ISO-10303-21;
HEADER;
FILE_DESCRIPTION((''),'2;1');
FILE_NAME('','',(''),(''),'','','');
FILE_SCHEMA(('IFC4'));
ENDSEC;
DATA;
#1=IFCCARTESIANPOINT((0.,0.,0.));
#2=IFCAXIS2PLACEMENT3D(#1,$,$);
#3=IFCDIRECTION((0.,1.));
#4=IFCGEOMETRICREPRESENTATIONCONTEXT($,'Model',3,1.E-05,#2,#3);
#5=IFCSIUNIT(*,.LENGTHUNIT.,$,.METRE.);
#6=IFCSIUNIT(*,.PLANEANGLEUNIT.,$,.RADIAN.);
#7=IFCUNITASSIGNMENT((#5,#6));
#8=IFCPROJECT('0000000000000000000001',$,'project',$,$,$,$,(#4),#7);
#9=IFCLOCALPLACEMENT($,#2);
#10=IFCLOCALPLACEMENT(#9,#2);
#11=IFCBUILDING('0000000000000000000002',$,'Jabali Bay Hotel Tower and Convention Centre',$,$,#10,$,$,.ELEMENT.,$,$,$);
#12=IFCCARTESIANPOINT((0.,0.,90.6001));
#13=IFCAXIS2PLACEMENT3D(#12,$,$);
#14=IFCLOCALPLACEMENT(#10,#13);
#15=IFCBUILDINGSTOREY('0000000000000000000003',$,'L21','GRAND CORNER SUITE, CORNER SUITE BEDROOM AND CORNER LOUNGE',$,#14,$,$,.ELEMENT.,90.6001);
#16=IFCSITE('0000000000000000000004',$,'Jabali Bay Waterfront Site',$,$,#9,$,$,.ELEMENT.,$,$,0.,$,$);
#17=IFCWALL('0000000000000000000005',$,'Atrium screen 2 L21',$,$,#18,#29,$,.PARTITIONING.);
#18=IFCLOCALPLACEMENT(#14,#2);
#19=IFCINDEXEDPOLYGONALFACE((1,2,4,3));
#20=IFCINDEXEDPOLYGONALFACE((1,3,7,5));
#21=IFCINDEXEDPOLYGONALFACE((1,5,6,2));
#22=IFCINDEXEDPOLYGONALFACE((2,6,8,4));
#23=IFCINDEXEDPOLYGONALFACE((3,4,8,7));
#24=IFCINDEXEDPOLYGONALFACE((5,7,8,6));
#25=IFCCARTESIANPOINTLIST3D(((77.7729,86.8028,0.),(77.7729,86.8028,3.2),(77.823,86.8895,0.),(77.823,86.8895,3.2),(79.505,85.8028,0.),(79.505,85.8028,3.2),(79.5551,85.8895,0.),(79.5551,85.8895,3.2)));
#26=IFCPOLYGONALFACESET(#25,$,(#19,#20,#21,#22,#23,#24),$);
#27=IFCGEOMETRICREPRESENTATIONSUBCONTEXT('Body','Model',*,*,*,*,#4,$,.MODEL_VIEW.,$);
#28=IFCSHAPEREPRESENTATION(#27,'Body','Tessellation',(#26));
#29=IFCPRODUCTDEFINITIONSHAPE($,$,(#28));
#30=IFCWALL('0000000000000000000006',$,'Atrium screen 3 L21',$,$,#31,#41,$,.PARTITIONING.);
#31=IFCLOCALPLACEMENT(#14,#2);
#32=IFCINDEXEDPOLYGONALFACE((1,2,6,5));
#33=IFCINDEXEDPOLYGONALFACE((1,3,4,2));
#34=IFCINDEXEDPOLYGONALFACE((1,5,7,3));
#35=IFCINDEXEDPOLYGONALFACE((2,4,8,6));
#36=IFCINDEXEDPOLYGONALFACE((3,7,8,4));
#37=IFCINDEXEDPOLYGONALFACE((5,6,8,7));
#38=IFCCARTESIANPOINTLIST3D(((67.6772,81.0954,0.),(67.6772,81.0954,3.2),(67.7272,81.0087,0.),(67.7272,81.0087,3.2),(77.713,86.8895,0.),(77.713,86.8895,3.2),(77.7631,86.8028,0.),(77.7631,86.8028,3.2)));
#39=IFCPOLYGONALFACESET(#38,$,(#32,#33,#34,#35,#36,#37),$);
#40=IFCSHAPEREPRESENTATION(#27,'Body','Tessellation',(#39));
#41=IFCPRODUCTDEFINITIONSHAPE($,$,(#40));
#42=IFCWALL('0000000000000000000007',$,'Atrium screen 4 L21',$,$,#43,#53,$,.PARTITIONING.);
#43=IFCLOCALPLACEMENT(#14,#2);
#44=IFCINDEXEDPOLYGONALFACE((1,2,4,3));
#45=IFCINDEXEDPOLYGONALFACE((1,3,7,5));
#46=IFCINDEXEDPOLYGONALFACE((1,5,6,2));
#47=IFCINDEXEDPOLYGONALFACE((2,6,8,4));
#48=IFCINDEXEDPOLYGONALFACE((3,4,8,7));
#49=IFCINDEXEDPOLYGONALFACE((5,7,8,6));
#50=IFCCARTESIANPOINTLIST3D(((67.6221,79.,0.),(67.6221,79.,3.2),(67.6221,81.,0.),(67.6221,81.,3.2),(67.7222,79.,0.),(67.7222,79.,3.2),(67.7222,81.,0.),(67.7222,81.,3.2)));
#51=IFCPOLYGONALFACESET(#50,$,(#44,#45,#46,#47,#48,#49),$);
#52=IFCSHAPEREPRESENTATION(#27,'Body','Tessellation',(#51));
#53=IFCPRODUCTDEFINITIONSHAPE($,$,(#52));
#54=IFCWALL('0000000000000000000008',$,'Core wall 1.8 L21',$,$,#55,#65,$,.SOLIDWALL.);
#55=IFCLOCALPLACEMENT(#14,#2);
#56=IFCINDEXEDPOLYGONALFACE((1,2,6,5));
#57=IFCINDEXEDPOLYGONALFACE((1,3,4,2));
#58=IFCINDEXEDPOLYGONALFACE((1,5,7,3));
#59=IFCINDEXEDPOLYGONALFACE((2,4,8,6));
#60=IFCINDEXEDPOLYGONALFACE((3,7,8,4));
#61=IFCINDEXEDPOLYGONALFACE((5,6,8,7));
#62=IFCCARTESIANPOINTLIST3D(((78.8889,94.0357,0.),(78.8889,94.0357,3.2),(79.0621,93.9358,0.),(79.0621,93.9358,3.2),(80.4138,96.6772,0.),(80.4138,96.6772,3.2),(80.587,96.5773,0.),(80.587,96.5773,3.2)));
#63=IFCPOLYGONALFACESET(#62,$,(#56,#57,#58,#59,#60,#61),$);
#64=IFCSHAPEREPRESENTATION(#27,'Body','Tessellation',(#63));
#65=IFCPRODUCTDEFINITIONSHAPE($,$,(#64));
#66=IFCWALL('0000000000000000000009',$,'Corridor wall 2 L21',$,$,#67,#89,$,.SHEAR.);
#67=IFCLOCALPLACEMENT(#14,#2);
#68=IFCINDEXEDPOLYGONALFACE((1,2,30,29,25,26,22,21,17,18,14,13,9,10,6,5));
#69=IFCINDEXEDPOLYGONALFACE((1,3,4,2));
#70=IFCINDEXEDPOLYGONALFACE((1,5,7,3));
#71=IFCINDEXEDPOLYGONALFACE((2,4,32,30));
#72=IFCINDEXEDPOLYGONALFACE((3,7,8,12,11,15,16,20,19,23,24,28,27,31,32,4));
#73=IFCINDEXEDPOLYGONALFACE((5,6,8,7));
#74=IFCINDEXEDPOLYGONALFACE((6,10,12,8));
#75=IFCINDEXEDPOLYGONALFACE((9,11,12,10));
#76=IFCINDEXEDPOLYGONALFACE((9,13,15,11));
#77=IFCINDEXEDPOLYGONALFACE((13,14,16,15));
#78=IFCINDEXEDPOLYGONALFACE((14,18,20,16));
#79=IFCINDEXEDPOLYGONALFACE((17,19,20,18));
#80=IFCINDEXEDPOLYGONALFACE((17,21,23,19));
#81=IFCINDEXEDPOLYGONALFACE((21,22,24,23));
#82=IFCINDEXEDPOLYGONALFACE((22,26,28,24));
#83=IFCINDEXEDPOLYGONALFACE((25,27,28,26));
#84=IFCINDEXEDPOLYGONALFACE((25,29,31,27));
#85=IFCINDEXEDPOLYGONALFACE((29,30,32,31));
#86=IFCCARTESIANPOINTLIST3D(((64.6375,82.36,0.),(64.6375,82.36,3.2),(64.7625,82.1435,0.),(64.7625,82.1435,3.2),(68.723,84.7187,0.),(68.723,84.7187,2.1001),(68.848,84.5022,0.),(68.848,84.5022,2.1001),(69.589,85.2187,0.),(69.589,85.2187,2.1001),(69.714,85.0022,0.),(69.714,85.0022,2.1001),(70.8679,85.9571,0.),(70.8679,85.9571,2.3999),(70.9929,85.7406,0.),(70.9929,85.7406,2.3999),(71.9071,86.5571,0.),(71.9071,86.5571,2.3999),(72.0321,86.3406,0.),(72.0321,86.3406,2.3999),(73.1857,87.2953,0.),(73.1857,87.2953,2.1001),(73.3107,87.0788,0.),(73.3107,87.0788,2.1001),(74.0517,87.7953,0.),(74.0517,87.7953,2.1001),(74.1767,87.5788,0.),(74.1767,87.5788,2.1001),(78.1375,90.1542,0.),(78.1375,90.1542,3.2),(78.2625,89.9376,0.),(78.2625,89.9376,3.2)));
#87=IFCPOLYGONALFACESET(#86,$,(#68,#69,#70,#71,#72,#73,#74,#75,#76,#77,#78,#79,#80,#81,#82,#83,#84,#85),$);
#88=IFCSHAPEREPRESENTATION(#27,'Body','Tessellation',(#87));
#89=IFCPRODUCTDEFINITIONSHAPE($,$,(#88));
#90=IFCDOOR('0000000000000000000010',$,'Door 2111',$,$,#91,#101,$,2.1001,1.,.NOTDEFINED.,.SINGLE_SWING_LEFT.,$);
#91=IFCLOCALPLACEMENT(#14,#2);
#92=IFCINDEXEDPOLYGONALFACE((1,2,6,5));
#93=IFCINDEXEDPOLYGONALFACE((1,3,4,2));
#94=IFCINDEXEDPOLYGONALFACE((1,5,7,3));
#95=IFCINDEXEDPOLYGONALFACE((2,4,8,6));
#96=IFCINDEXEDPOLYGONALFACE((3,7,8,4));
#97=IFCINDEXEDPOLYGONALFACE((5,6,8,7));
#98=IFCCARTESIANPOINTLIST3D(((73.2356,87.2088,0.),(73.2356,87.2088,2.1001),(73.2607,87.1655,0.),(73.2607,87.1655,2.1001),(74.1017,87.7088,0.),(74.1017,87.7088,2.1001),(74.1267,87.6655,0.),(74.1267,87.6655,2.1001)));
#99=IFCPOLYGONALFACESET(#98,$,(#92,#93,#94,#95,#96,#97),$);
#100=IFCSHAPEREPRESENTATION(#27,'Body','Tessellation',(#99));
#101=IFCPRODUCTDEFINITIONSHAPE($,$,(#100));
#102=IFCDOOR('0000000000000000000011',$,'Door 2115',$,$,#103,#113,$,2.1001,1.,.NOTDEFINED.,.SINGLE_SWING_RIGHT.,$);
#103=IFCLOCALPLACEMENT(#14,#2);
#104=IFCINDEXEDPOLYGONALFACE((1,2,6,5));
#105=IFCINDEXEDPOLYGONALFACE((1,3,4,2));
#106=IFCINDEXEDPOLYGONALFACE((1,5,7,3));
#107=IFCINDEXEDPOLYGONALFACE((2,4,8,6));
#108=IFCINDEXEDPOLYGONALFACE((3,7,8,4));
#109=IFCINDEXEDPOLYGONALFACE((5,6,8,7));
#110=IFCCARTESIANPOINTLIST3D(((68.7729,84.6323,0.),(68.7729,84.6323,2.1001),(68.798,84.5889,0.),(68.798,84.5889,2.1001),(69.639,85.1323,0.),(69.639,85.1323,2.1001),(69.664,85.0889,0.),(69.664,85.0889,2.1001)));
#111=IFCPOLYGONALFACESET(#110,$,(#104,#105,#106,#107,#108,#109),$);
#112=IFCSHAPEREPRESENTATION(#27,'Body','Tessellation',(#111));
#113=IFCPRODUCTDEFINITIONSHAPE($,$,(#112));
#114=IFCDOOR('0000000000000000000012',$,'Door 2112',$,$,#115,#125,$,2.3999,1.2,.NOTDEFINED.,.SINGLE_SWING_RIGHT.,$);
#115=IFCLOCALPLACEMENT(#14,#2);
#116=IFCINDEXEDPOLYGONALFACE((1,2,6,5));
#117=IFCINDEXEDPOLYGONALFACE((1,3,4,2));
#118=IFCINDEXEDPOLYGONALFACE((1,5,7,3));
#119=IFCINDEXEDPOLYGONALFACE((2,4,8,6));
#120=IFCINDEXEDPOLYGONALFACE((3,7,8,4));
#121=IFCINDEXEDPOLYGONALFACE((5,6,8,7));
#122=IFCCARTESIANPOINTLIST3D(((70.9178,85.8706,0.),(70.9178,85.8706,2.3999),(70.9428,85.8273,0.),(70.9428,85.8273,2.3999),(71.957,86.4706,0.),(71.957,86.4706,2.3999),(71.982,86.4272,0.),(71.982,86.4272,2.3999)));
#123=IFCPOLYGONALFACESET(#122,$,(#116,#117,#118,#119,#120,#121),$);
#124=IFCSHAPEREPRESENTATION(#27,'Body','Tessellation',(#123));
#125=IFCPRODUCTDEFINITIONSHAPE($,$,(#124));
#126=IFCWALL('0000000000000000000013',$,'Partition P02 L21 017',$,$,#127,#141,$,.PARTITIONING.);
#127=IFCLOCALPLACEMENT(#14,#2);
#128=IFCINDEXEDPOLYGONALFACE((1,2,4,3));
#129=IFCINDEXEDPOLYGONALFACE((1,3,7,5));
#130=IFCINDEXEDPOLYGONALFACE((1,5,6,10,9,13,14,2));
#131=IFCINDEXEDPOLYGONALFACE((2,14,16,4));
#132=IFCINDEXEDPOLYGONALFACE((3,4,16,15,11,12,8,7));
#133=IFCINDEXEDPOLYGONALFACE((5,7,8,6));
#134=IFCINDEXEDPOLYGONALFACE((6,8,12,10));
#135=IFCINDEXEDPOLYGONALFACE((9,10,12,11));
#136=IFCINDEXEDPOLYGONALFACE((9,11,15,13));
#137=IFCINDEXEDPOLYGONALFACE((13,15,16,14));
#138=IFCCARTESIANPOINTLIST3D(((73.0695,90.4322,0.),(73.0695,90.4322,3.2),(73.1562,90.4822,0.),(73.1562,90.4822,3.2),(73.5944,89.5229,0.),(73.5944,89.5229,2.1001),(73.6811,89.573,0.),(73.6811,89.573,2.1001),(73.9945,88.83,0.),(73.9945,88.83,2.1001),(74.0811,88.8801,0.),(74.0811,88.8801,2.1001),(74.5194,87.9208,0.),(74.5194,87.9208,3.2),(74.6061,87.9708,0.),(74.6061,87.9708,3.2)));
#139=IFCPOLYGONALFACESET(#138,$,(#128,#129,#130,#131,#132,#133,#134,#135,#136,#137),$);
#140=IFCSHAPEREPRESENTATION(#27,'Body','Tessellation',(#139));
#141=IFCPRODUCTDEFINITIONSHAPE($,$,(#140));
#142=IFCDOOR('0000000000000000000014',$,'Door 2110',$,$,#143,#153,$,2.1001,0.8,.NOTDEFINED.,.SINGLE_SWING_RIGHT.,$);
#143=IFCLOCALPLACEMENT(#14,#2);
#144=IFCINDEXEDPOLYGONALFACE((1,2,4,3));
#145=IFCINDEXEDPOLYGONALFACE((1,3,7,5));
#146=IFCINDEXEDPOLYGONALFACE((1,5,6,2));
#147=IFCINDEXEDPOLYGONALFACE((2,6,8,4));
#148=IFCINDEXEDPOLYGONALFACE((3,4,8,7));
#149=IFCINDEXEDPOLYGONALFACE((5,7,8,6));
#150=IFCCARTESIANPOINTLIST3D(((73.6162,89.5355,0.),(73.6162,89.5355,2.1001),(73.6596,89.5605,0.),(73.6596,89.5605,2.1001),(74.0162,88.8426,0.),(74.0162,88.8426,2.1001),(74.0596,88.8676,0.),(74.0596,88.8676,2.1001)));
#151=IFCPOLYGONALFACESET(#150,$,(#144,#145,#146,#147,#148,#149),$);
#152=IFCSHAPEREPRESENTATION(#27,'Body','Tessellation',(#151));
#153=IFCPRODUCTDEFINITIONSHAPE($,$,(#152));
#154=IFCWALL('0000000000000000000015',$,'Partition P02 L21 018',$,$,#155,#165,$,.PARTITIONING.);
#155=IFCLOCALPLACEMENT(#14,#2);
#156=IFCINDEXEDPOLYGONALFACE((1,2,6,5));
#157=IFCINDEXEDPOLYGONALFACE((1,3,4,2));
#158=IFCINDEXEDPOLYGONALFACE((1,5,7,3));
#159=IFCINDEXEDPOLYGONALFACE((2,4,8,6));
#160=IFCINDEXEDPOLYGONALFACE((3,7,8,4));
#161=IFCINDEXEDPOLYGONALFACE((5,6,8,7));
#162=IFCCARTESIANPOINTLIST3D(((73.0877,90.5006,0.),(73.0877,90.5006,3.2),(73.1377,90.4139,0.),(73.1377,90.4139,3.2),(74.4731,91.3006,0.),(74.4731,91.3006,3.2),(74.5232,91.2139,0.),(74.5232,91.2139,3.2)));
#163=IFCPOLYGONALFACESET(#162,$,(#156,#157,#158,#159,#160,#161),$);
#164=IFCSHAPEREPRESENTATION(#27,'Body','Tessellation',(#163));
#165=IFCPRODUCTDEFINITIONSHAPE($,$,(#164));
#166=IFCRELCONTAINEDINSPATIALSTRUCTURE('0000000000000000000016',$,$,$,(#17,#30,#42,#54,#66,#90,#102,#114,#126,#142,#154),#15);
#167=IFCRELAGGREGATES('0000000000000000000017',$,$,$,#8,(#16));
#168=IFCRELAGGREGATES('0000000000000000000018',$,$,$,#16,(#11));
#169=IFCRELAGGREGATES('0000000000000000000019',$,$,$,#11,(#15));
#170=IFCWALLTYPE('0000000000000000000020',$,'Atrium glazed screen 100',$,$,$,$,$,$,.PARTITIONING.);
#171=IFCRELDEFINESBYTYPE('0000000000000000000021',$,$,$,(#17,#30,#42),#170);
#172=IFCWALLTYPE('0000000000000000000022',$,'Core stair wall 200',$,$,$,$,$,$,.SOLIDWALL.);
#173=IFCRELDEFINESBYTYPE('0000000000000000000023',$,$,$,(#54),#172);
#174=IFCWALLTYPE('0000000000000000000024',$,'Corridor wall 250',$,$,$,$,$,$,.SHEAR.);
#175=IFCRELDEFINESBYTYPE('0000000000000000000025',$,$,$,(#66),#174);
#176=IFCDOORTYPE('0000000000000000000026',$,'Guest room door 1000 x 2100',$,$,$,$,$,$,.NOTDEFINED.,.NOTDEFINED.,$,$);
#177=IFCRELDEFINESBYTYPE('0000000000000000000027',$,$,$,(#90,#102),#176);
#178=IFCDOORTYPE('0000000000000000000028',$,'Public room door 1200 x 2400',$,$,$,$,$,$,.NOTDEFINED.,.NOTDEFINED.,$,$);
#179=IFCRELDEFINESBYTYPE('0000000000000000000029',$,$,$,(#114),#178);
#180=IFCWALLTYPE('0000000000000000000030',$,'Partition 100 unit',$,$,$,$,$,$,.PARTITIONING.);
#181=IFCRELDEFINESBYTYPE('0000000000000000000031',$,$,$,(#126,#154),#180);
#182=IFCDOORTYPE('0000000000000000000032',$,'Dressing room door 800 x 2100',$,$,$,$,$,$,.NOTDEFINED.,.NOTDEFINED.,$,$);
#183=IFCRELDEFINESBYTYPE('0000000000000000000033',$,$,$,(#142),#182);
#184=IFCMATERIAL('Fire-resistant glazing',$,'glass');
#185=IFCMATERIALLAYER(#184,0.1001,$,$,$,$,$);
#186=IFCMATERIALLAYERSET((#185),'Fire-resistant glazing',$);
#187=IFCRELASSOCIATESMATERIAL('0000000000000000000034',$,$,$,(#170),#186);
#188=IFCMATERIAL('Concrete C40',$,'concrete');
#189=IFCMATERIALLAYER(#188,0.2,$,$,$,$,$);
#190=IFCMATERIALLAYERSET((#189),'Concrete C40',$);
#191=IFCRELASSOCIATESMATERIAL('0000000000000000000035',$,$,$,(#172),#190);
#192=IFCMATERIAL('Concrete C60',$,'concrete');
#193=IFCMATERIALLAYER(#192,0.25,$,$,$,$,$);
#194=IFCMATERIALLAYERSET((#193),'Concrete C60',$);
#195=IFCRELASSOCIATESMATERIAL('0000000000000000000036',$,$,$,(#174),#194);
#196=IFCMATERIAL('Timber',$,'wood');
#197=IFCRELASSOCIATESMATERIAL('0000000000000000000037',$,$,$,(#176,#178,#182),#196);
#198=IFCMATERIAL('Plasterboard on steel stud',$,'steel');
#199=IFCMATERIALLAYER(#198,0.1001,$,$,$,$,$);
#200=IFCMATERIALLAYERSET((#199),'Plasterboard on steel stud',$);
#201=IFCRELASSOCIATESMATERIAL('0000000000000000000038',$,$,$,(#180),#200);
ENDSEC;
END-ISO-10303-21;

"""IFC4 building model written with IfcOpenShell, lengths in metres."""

from ifc_helpers import new_model, si_unit, direction, frame, frame_2d, origin, place, context, subcontext, project, spatial, rectangle, extrude, material, layer, layer_set, type_object, element, fill, save


model = new_model("IFC4")

# Units and contexts
model_context = context("Model", 3, precision=1e-05, world=origin(), true_north=direction((0.0, 1.0)))
body_context = subcontext(model_context, "Body", "Model", "MODEL_VIEW")
ifc_project = project(units=[si_unit("LENGTHUNIT", "METRE"), si_unit("PLANEANGLEUNIT", "RADIAN")], contexts=[model_context])

# Site, building, storey
site_placement = place(None, origin())
site = spatial("IfcSite", under=ifc_project, at=site_placement, Name="Jabali Bay Waterfront Site", CompositionType="ELEMENT", RefElevation=0.0)
building_placement = place(site_placement, origin())
building = spatial("IfcBuilding", under=site, at=building_placement, Name="Jabali Bay Hotel Tower and Convention Centre", CompositionType="ELEMENT")
storey_placement = place(building_placement, frame((0.0, 0.0, 90.6001)))
storey = spatial("IfcBuildingStorey", under=building, at=storey_placement, Name="L21", Description="GRAND CORNER SUITE, CORNER SUITE BEDROOM AND CORNER LOUNGE", CompositionType="ELEMENT", Elevation=90.6001)

# Walls
ifc_material_1 = material(Name="Fire-resistant glazing", Category="glass")
ifc_layer_1 = layer(ifc_material_1, 0.1001)
ifc_layer_set_1 = layer_set([ifc_layer_1], Name="Fire-resistant glazing")
wall_type_1 = type_object("IfcWallType", Name="Atrium glazed screen 100", PredefinedType="PARTITIONING", material=ifc_layer_set_1)
wall_1_placement = place(storey_placement, frame((79.53, 85.8462, 0.0), z_axis=(0.0, 0.0, 1.0), x_axis=(-0.866041, 0.499973, 0.0)))
element("IfcWall", 1, at=wall_1_placement, inside=storey, type_object=wall_type_1, Name="Atrium screen 2 L21", PredefinedType="PARTITIONING", context=body_context, shape_type="SweptSolid", body=[
    extrude(rectangle(XDim=2.0, YDim=0.1001, at=frame_2d((1.0, 0.0))), origin(), (0.0, 0.0, 1.0), 3.2),
])
wall_2_placement = place(storey_placement, frame((77.738, 86.8462, 0.0), z_axis=(0.0, 0.0, 1.0), x_axis=(-0.866027, -0.499998, 0.0)))
element("IfcWall", 2, at=wall_2_placement, inside=storey, type_object=wall_type_1, Name="Atrium screen 3 L21", PredefinedType="PARTITIONING", context=body_context, shape_type="SweptSolid", body=[
    extrude(rectangle(XDim=11.5884, YDim=0.1001, at=frame_2d((5.7942, 0.0))), origin(), (0.0, 0.0, 1.0), 3.2),
])
wall_3_placement = place(storey_placement, frame((67.6721, 81.0, 0.0), z_axis=(0.0, 0.0, 1.0), x_axis=(0.0, -1.0, 0.0)))
element("IfcWall", 3, at=wall_3_placement, inside=storey, type_object=wall_type_1, Name="Atrium screen 4 L21", PredefinedType="PARTITIONING", context=body_context, shape_type="SweptSolid", body=[
    extrude(rectangle(XDim=2.0, YDim=0.1001, at=frame_2d((1.0, 0.0))), origin(), (0.0, 0.0, 1.0), 3.2),
])
ifc_material_2 = material(Name="Concrete C40", Category="concrete")
ifc_layer_2 = layer(ifc_material_2, 0.2)
ifc_layer_set_2 = layer_set([ifc_layer_2], Name="Concrete C40")
wall_type_2 = type_object("IfcWallType", Name="Core stair wall 200", PredefinedType="SOLIDWALL", material=ifc_layer_set_2)
wall_4_placement = place(storey_placement, frame((78.9756, 93.9858, 0.0), z_axis=(0.0, 0.0, 1.0), x_axis=(0.499944, 0.866058, 0.0)))
element("IfcWall", 4, at=wall_4_placement, inside=storey, type_object=wall_type_2, Name="Core wall 1.8 L21", PredefinedType="SOLIDWALL", context=body_context, shape_type="SweptSolid", body=[
    extrude(rectangle(XDim=3.05, YDim=0.2, at=frame_2d((1.5249, 0.0))), origin(), (0.0, 0.0, 1.0), 3.2),
])

# Wall, openings, doors
ifc_material_3 = material(Name="Concrete C60", Category="concrete")
ifc_layer_3 = layer(ifc_material_3, 0.25)
ifc_layer_set_3 = layer_set([ifc_layer_3], Name="Concrete C60")
wall_type_3 = type_object("IfcWallType", Name="Corridor wall 250", PredefinedType="SHEAR", material=ifc_layer_set_3)
wall_5_placement = place(storey_placement, frame((78.2, 90.0459, 0.0), z_axis=(0.0, 0.0, 1.0), x_axis=(-0.866026, -0.499998, 0.0)))
wall_5 = element("IfcWall", 5, at=wall_5_placement, inside=storey, type_object=wall_type_3, Name="Corridor wall 2 L21", PredefinedType="SHEAR", context=body_context, shape_type="SweptSolid", body=[
    extrude(rectangle(XDim=15.5884, YDim=0.25, at=frame_2d((7.7942, 0.0))), origin(), (0.0, 0.0, 1.0), 3.2),
])
opening_1_placement = place(wall_5_placement, frame((4.7178, 0.0, 0.0)))
opening_1 = element("IfcOpeningElement", 6, at=opening_1_placement, cuts=wall_5, PredefinedType="OPENING", context=body_context, shape_type="SweptSolid", body=[
    extrude(rectangle(XDim=1.0, YDim=2.1001, at=frame_2d((0.5, 1.05))), frame((0.0, 0.1355, 0.0), z_axis=(0.0, -1.0, 0.0), x_axis=(1.0, 0.0, 0.0)), (0.0, 0.0, 1.0), 0.271),
])
opening_2_placement = place(wall_5_placement, frame((7.1941, 0.0, 0.0)))
opening_2 = element("IfcOpeningElement", 7, at=opening_2_placement, cuts=wall_5, PredefinedType="OPENING", context=body_context, shape_type="SweptSolid", body=[
    extrude(rectangle(XDim=1.2, YDim=2.3999, at=frame_2d((0.6001, 1.2))), frame((0.0, 0.1355, 0.0), z_axis=(0.0, -1.0, 0.0), x_axis=(1.0, 0.0, 0.0)), (0.0, 0.0, 1.0), 0.271),
])
opening_3_placement = place(wall_5_placement, frame((9.8708, 0.0, 0.0)))
opening_3 = element("IfcOpeningElement", 8, at=opening_3_placement, cuts=wall_5, PredefinedType="OPENING", context=body_context, shape_type="SweptSolid", body=[
    extrude(rectangle(XDim=1.0, YDim=2.1001, at=frame_2d((0.5, 1.05))), frame((0.0, 0.1355, 0.0), z_axis=(0.0, -1.0, 0.0), x_axis=(1.0, 0.0, 0.0)), (0.0, 0.0, 1.0), 0.271),
])
ifc_material_4 = material(Name="Timber", Category="wood")
door_type_1 = type_object("IfcDoorType", Name="Guest room door 1000 x 2100", OperationType="NOTDEFINED", PredefinedType="NOTDEFINED", material=ifc_material_4)
door_1_placement = place(opening_1_placement, origin())
door_1 = element("IfcDoor", 9, at=door_1_placement, inside=storey, type_object=door_type_1, Name="Door 2111", OperationType="SINGLE_SWING_LEFT", OverallHeight=2.1001, OverallWidth=1.0, PredefinedType="NOTDEFINED", context=body_context, shape_type="SweptSolid", body=[
    extrude(rectangle(XDim=1.0, YDim=2.1001, at=frame_2d((0.5, 1.05))), frame((0.0, 0.0249, 0.0), z_axis=(0.0, -1.0, 0.0), x_axis=(1.0, 0.0, 0.0)), (0.0, 0.0, 1.0), 0.05),
])
fill(opening_1, door_1)
door_2_placement = place(opening_3_placement, origin())
door_2 = element("IfcDoor", 10, at=door_2_placement, inside=storey, type_object=door_type_1, Name="Door 2115", OperationType="SINGLE_SWING_RIGHT", OverallHeight=2.1001, OverallWidth=1.0, PredefinedType="NOTDEFINED", context=body_context, shape_type="SweptSolid", body=[
    extrude(rectangle(XDim=1.0, YDim=2.1001, at=frame_2d((0.5, 1.05))), frame((0.0, 0.0249, 0.0), z_axis=(0.0, -1.0, 0.0), x_axis=(1.0, 0.0, 0.0)), (0.0, 0.0, 1.0), 0.05),
])
fill(opening_3, door_2)
door_type_2 = type_object("IfcDoorType", Name="Public room door 1200 x 2400", OperationType="NOTDEFINED", PredefinedType="NOTDEFINED", material=ifc_material_4)
door_3_placement = place(opening_2_placement, origin())
door_3 = element("IfcDoor", 11, at=door_3_placement, inside=storey, type_object=door_type_2, Name="Door 2112", OperationType="SINGLE_SWING_RIGHT", OverallHeight=2.3999, OverallWidth=1.2, PredefinedType="NOTDEFINED", context=body_context, shape_type="SweptSolid", body=[
    extrude(rectangle(XDim=1.2, YDim=2.3999, at=frame_2d((0.6001, 1.2))), frame((0.0, 0.0249, 0.0), z_axis=(0.0, -1.0, 0.0), x_axis=(1.0, 0.0, 0.0)), (0.0, 0.0, 1.0), 0.05),
])
fill(opening_2, door_3)

# Wall, opening, door
ifc_material_5 = material(Name="Plasterboard on steel stud", Category="steel")
ifc_layer_4 = layer(ifc_material_5, 0.1001)
ifc_layer_set_4 = layer_set([ifc_layer_4], Name="Plasterboard on steel stud")
wall_type_4 = type_object("IfcWallType", Name="Partition 100 unit", PredefinedType="PARTITIONING", material=ifc_layer_set_4)
wall_6_placement = place(storey_placement, frame((74.5627, 87.9458, 0.0), z_axis=(0.0, 0.0, 1.0), x_axis=(-0.499987, 0.866033, 0.0)))
wall_6 = element("IfcWall", 12, at=wall_6_placement, inside=storey, type_object=wall_type_4, Name="Partition P02 L21 017", PredefinedType="PARTITIONING", context=body_context, shape_type="SweptSolid", body=[
    extrude(rectangle(XDim=2.8999, YDim=0.1001, at=frame_2d((1.45, 0.0))), origin(), (0.0, 0.0, 1.0), 3.2),
])
opening_4_placement = place(wall_6_placement, frame((1.05, 0.0, 0.0)))
opening_4 = element("IfcOpeningElement", 13, at=opening_4_placement, cuts=wall_6, PredefinedType="OPENING", context=body_context, shape_type="SweptSolid", body=[
    extrude(rectangle(XDim=0.8, YDim=2.1001, at=frame_2d((0.3999, 1.05))), frame((0.0, 0.0605, 0.0), z_axis=(0.0, -1.0, 0.0), x_axis=(1.0, 0.0, 0.0)), (0.0, 0.0, 1.0), 0.1211),
])
door_type_3 = type_object("IfcDoorType", Name="Dressing room door 800 x 2100", OperationType="NOTDEFINED", PredefinedType="NOTDEFINED", material=ifc_material_4)
door_4_placement = place(opening_4_placement, origin())
door_4 = element("IfcDoor", 14, at=door_4_placement, inside=storey, type_object=door_type_3, Name="Door 2110", OperationType="SINGLE_SWING_RIGHT", OverallHeight=2.1001, OverallWidth=0.8, PredefinedType="NOTDEFINED", context=body_context, shape_type="SweptSolid", body=[
    extrude(rectangle(XDim=0.8, YDim=2.1001, at=frame_2d((0.3999, 1.05))), frame((0.0, 0.0249, 0.0), z_axis=(0.0, -1.0, 0.0), x_axis=(1.0, 0.0, 0.0)), (0.0, 0.0, 1.0), 0.05),
])
fill(opening_4, door_4)

# Wall
wall_7_placement = place(storey_placement, frame((73.1128, 90.4573, 0.0), z_axis=(0.0, 0.0, 1.0), x_axis=(0.86599, 0.500061, 0.0)))
element("IfcWall", 15, at=wall_7_placement, inside=storey, type_object=wall_type_4, Name="Partition P02 L21 018", PredefinedType="PARTITIONING", context=body_context, shape_type="SweptSolid", body=[
    extrude(rectangle(XDim=1.5999, YDim=0.1001, at=frame_2d((0.7998, 0.0))), origin(), (0.0, 0.0, 1.0), 3.2),
])

save(model, "model.ifc")
